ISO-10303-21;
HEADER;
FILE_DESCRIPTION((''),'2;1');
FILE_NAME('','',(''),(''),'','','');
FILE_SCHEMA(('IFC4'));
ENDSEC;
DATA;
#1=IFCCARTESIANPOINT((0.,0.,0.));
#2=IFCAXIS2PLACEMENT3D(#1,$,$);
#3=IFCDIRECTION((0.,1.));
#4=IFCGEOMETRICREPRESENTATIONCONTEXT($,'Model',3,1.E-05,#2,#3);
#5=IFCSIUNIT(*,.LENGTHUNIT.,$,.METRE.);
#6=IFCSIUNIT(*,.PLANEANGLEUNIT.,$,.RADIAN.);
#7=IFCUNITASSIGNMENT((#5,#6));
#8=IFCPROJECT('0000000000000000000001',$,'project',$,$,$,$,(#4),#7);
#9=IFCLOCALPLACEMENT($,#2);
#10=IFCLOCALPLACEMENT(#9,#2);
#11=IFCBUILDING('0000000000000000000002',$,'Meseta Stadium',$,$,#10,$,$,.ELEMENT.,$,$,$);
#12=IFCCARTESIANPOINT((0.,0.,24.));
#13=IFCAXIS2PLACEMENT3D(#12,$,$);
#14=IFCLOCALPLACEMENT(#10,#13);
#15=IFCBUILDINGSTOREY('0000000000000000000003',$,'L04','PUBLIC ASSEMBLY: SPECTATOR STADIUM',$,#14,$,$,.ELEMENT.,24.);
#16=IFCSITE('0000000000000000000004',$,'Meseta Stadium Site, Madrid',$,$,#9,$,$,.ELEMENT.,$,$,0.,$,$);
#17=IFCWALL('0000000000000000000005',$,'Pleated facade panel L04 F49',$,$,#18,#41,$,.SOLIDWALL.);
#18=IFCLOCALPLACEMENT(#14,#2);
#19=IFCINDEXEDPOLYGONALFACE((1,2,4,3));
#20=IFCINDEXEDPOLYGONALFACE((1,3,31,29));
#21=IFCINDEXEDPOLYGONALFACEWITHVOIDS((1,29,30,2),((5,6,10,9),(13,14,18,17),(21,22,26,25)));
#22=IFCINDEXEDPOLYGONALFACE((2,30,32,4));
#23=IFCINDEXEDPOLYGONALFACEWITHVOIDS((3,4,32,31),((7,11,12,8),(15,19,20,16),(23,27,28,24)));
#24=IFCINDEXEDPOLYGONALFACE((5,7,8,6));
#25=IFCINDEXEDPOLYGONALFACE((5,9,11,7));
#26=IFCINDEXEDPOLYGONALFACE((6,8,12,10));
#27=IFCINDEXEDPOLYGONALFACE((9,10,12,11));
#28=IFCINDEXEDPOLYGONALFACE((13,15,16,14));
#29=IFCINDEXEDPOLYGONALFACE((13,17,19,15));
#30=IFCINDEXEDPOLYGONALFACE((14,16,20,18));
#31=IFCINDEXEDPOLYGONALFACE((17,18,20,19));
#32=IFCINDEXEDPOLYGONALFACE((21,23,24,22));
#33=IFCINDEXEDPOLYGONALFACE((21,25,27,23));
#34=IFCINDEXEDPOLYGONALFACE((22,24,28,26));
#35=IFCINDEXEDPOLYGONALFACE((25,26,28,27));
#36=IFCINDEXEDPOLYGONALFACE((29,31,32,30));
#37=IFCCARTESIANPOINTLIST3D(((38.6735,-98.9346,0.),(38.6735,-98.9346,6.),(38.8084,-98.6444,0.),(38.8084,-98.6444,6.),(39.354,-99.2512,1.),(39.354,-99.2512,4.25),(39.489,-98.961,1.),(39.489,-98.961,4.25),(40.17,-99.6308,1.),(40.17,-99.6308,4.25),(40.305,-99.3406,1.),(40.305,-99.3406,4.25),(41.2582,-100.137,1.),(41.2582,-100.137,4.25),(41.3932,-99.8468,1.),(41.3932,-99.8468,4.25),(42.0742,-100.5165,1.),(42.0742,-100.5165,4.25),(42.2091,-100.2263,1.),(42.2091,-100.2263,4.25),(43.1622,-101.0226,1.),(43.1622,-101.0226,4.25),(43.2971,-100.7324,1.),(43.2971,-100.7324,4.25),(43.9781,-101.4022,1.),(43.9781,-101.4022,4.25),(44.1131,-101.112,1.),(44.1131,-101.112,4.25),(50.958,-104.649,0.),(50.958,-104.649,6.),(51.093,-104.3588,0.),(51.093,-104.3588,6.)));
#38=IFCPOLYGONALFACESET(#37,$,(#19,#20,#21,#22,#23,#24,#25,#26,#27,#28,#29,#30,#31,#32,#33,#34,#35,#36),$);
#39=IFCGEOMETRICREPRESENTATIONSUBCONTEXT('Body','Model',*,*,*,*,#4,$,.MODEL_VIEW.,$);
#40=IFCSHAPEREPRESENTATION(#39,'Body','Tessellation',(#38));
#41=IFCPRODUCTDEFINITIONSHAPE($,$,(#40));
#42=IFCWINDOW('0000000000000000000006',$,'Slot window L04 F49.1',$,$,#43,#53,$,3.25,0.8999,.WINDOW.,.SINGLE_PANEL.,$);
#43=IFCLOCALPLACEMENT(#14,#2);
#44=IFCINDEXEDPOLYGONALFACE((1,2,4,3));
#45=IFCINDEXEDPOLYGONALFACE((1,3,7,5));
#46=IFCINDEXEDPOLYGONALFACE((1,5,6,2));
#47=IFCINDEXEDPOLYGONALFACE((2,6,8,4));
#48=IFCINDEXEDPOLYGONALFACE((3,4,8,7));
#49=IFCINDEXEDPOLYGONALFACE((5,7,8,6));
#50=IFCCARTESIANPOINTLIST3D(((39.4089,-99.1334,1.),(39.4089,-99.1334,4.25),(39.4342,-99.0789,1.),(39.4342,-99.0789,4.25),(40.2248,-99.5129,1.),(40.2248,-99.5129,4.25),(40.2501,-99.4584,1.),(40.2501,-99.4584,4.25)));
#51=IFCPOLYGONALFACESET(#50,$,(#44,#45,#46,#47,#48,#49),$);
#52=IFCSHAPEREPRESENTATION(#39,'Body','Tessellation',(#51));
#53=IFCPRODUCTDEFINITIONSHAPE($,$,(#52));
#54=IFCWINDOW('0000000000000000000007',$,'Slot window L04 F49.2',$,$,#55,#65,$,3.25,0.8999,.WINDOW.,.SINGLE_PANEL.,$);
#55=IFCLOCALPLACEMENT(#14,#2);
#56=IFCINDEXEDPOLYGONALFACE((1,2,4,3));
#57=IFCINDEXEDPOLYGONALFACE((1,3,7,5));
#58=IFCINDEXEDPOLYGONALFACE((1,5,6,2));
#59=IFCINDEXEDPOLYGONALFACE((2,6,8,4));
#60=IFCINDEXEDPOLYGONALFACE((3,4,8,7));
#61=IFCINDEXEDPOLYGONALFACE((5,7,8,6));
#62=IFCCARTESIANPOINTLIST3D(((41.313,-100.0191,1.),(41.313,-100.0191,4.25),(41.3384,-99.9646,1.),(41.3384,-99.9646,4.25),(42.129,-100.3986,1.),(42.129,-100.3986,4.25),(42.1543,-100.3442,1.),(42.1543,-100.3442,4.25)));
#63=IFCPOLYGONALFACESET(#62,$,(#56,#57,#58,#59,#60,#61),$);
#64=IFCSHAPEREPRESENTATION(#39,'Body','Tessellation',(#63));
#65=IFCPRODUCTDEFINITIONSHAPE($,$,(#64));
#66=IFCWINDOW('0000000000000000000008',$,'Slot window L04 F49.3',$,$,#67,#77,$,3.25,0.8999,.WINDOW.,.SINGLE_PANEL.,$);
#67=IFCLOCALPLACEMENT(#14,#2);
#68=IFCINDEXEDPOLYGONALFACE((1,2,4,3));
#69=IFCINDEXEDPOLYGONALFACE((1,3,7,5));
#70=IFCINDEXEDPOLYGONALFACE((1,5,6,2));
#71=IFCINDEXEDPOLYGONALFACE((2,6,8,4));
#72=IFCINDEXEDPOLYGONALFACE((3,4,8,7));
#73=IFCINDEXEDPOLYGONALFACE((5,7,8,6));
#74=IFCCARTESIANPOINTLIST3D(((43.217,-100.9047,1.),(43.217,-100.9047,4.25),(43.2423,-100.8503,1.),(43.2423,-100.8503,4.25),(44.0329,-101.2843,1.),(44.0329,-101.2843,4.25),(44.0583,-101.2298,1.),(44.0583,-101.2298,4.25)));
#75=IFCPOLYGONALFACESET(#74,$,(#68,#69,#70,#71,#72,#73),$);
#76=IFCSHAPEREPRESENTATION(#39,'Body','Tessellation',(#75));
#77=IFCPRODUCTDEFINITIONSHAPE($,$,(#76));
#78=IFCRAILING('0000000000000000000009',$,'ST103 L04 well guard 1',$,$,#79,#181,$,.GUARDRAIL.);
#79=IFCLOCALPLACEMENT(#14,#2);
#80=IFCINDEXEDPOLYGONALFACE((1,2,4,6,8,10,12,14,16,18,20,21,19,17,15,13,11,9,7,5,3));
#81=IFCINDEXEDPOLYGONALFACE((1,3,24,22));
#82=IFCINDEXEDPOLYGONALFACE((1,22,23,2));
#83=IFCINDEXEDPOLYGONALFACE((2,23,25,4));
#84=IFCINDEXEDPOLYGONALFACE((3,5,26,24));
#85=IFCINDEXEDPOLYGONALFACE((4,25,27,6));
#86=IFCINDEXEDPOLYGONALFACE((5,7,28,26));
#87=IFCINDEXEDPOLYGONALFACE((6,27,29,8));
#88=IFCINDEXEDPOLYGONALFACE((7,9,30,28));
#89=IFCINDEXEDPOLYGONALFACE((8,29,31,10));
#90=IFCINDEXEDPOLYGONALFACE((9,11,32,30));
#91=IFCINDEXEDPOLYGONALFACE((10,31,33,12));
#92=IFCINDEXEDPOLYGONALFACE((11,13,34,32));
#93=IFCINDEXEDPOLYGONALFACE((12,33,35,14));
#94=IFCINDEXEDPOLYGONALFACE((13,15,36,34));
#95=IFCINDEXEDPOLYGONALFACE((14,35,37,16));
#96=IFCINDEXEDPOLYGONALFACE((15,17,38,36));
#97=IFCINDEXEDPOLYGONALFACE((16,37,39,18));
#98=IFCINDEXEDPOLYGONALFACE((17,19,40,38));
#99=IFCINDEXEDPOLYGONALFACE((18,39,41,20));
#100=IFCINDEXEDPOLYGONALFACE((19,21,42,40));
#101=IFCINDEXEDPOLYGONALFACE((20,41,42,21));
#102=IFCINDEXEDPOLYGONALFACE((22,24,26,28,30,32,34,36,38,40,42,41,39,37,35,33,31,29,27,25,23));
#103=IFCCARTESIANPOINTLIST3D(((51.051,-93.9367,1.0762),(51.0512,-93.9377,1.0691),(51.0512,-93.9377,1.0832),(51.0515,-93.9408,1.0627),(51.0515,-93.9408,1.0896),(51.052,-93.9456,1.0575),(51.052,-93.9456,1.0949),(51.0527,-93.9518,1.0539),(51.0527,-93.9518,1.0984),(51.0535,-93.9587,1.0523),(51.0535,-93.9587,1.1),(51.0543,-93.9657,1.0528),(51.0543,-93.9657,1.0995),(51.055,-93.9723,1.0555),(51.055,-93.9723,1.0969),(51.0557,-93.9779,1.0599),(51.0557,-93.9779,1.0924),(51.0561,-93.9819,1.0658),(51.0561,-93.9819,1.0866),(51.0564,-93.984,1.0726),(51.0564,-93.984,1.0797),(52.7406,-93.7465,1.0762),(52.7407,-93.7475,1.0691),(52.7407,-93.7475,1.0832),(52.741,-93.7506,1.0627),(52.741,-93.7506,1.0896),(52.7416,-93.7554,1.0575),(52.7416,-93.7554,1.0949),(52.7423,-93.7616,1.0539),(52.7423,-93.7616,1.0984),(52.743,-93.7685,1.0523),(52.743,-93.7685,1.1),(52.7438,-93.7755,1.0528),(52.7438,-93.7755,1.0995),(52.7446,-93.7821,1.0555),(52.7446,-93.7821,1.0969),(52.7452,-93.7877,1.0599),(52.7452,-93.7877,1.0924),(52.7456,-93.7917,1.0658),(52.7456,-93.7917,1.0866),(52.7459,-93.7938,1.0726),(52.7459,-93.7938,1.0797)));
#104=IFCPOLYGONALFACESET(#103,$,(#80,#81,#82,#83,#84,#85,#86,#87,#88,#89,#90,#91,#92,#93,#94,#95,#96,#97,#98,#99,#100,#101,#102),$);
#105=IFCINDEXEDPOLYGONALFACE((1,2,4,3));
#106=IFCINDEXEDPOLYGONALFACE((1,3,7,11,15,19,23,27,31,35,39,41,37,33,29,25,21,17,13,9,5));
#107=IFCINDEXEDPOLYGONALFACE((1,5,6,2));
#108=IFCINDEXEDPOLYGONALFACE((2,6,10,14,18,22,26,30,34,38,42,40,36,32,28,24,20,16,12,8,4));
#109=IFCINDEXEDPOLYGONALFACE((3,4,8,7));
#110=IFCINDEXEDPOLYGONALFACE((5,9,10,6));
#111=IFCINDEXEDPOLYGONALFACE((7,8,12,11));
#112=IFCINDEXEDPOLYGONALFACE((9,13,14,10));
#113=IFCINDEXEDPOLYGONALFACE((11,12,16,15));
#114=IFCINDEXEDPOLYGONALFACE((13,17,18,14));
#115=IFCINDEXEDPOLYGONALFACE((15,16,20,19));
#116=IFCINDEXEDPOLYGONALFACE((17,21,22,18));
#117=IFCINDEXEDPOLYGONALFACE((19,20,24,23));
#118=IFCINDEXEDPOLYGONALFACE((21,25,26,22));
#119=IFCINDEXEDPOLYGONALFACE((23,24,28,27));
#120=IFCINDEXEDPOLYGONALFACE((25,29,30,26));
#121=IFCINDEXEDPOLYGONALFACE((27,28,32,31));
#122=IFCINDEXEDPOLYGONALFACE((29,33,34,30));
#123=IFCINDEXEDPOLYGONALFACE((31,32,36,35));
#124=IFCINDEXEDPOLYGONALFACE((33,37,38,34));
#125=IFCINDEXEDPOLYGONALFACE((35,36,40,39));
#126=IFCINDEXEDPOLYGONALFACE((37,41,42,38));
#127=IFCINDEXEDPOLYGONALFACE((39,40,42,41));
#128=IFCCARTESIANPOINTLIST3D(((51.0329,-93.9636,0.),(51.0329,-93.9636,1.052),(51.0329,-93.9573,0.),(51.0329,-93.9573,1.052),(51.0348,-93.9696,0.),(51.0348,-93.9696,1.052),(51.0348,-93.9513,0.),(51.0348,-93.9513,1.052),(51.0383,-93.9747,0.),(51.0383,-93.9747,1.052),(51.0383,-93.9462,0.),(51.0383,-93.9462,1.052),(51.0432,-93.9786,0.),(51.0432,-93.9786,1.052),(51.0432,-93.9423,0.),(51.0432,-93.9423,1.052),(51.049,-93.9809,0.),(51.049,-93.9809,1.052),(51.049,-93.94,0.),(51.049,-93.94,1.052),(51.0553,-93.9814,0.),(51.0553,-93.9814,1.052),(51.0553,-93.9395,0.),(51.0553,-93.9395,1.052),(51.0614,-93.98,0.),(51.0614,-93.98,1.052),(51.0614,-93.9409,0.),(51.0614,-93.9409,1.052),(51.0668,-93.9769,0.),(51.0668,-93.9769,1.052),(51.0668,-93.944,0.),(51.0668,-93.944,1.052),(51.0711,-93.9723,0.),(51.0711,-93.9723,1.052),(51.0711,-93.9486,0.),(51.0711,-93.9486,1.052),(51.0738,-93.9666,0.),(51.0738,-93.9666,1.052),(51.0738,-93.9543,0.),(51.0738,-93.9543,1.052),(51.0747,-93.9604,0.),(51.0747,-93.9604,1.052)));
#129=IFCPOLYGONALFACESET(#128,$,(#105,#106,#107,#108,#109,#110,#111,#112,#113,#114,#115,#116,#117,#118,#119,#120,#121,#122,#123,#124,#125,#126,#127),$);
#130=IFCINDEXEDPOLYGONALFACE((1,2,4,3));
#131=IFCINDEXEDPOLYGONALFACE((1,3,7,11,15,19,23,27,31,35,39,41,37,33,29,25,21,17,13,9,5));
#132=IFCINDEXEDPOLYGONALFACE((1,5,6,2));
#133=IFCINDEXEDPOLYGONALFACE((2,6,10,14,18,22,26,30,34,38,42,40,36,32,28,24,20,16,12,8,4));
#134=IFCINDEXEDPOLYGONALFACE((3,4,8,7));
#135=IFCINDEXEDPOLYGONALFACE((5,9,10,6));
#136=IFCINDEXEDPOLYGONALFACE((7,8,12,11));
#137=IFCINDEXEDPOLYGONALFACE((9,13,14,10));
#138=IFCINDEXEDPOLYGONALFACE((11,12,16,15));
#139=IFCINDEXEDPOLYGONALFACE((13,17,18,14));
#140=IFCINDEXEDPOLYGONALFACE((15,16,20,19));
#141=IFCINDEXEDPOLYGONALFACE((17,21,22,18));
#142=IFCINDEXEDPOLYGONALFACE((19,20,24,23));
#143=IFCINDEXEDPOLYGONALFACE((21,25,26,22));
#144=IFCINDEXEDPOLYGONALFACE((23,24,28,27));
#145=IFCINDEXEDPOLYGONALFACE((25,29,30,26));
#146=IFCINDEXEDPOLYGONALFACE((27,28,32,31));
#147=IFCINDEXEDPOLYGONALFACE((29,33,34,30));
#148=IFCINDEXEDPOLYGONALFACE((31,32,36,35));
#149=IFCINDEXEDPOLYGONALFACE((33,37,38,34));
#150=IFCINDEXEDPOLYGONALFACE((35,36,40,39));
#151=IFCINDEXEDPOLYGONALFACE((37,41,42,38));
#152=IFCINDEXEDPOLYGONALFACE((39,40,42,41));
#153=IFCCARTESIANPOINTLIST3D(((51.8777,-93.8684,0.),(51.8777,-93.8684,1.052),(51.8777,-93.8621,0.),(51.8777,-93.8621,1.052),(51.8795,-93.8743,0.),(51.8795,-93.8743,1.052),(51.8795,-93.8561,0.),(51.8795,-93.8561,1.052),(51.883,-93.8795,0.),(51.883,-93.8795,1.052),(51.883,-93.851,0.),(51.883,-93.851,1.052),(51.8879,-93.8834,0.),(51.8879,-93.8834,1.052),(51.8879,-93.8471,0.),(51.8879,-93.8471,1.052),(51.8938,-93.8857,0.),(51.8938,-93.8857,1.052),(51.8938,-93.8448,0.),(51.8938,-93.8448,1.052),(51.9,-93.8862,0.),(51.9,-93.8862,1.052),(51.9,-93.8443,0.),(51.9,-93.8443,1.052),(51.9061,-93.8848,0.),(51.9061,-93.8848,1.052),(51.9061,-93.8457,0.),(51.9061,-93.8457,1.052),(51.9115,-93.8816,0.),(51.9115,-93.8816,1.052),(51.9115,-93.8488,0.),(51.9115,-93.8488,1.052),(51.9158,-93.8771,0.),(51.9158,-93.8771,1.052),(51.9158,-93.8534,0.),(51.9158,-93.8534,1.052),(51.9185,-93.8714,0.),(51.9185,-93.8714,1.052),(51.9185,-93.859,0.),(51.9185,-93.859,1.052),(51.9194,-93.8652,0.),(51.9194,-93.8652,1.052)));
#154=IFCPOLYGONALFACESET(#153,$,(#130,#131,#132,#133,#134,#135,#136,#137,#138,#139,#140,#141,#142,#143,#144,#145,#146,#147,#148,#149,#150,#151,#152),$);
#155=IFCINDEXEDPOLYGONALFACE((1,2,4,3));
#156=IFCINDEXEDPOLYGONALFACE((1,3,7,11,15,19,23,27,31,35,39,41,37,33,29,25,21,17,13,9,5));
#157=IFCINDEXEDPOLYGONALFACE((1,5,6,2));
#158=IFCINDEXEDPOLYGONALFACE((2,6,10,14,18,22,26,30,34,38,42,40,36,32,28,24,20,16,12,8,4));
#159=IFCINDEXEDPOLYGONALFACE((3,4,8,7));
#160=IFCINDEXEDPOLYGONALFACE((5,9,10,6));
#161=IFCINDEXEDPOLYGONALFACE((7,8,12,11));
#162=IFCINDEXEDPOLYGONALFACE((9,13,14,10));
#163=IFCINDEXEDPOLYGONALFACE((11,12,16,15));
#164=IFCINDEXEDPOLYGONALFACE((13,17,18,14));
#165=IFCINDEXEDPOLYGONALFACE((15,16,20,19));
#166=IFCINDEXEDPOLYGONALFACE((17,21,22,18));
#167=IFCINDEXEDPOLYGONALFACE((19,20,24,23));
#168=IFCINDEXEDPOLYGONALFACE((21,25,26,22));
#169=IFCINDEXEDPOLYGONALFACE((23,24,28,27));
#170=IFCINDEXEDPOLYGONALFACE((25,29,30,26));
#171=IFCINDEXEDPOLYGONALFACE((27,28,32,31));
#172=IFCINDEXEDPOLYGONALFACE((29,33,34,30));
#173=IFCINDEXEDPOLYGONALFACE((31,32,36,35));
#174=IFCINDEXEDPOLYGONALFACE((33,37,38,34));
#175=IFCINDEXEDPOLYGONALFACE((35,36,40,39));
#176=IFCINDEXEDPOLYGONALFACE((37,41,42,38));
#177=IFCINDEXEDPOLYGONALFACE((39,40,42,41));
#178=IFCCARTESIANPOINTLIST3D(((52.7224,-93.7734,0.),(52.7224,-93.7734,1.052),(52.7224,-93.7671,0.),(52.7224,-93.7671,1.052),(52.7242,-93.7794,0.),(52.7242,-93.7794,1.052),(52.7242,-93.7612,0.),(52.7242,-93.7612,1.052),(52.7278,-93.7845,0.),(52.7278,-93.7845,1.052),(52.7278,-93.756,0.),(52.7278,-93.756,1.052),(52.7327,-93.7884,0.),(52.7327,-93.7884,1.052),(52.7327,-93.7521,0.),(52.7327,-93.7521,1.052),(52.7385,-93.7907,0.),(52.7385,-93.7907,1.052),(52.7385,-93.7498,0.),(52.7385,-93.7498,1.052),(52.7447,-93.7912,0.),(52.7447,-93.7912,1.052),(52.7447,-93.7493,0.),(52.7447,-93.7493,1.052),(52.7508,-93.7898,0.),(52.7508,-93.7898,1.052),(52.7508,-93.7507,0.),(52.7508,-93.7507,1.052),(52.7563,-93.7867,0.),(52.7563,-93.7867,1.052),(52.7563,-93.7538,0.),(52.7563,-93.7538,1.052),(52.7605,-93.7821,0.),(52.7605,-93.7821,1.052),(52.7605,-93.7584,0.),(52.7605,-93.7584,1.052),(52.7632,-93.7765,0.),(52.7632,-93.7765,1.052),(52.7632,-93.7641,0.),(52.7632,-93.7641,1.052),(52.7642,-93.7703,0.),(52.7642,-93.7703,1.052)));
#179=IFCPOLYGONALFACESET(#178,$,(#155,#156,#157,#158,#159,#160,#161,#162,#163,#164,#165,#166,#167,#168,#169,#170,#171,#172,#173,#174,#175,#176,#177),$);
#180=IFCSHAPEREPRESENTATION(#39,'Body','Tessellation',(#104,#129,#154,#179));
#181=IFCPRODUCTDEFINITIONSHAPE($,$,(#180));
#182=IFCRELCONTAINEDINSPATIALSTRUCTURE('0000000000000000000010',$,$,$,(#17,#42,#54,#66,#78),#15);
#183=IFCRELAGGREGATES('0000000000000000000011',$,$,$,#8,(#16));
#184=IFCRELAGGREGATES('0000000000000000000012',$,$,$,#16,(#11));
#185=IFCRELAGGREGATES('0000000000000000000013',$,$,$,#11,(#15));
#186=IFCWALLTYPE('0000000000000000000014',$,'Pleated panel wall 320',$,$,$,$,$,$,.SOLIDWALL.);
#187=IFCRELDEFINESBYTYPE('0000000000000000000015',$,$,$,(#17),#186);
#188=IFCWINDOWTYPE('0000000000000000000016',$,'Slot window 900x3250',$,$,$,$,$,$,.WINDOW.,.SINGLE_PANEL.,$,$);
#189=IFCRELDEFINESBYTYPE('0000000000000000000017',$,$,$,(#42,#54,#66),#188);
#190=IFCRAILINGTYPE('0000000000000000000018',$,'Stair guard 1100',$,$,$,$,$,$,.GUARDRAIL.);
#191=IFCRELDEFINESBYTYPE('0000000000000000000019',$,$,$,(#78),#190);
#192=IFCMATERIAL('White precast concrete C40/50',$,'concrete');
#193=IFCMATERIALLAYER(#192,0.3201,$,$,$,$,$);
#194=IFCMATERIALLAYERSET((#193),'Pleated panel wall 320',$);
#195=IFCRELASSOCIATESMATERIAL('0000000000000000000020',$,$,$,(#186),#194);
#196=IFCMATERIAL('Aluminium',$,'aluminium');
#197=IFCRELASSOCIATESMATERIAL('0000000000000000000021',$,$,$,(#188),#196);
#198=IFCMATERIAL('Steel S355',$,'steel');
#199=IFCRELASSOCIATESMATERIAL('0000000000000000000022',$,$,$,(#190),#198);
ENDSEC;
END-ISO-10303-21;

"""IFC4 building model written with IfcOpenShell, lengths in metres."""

from ifc_helpers import new_model, si_unit, direction, frame, frame_2d, origin, origin_2d, place, context, subcontext, project, spatial, rectangle, circle, extrude, material, layer, layer_set, type_object, element, fill, save


model = new_model("IFC4")

# Units and contexts
model_context = context("Model", 3, precision=1e-05, world=origin(), true_north=direction((0.0, 1.0)))
body_context = subcontext(model_context, "Body", "Model", "MODEL_VIEW")
ifc_project = project(units=[si_unit("LENGTHUNIT", "METRE"), si_unit("PLANEANGLEUNIT", "RADIAN")], contexts=[model_context])

# Site, building, storey
site_placement = place(None, origin())
site = spatial("IfcSite", under=ifc_project, at=site_placement, Name="Meseta Stadium Site, Madrid", CompositionType="ELEMENT", RefElevation=0.0)
building_placement = place(site_placement, origin())
building = spatial("IfcBuilding", under=site, at=building_placement, Name="Meseta Stadium", CompositionType="ELEMENT")
storey_placement = place(building_placement, frame((0.0, 0.0, 24.0)))
storey = spatial("IfcBuildingStorey", under=building, at=storey_placement, Name="L04", Description="PUBLIC ASSEMBLY: SPECTATOR STADIUM", CompositionType="ELEMENT", Elevation=24.0)

# Wall, openings, windows
ifc_material_1 = material(Name="White precast concrete C40/50", Category="concrete")
ifc_layer_1 = layer(ifc_material_1, 0.3201)
ifc_layer_set_1 = layer_set([ifc_layer_1], Name="Pleated panel wall 320")
wall_type_1 = type_object("IfcWallType", Name="Pleated panel wall 320", PredefinedType="SOLIDWALL", material=ifc_layer_set_1)
wall_1_placement = place(storey_placement, frame((51.0256, -104.5039, 0.0), z_axis=(0.0, 0.0, 1.0), x_axis=(-0.906705, 0.421765, 0.0)))
wall_1 = element("IfcWall", 1, at=wall_1_placement, inside=storey, type_object=wall_type_1, Name="Pleated facade panel L04 F49", PredefinedType="SOLIDWALL", context=body_context, shape_type="SweptSolid", body=[
    extrude(rectangle(XDim=13.5486, YDim=0.3201, at=frame_2d((6.7744, 0.0))), origin(), (0.0, 0.0, 1.0), 6.0),
])
opening_1_placement = place(wall_1_placement, frame((11.8982, 0.0, 1.0)))
opening_1 = element("IfcOpeningElement", 2, at=opening_1_placement, cuts=wall_1, PredefinedType="OPENING", context=body_context, shape_type="SweptSolid", body=[
    extrude(rectangle(XDim=0.8999, YDim=3.25, at=frame_2d((0.45, 1.625))), frame((0.0, 0.1699, 0.0), z_axis=(0.0, -1.0, 0.0), x_axis=(1.0, 0.0, 0.0)), (0.0, 0.0, 1.0), 0.3401),
])
opening_2_placement = place(wall_1_placement, frame((9.7981, 0.0, 1.0)))
opening_2 = element("IfcOpeningElement", 3, at=opening_2_placement, cuts=wall_1, PredefinedType="OPENING", context=body_context, shape_type="SweptSolid", body=[
    extrude(rectangle(XDim=0.8999, YDim=3.25, at=frame_2d((0.45, 1.625))), frame((0.0, 0.1699, 0.0), z_axis=(0.0, -1.0, 0.0), x_axis=(1.0, 0.0, 0.0)), (0.0, 0.0, 1.0), 0.3401),
])
opening_3_placement = place(wall_1_placement, frame((7.6982, 0.0, 1.0)))
opening_3 = element("IfcOpeningElement", 4, at=opening_3_placement, cuts=wall_1, PredefinedType="OPENING", context=body_context, shape_type="SweptSolid", body=[
    extrude(rectangle(XDim=0.8999, YDim=3.25, at=frame_2d((0.45, 1.625))), frame((0.0, 0.1699, 0.0), z_axis=(0.0, -1.0, 0.0), x_axis=(1.0, 0.0, 0.0)), (0.0, 0.0, 1.0), 0.3401),
])
ifc_material_2 = material(Name="Aluminium", Category="aluminium")
window_type = type_object("IfcWindowType", Name="Slot window 900x3250", PartitioningType="SINGLE_PANEL", PredefinedType="WINDOW", material=ifc_material_2)
window_1_placement = place(opening_1_placement, origin())
window_1 = element("IfcWindow", 5, at=window_1_placement, inside=storey, type_object=window_type, Name="Slot window L04 F49.1", OverallHeight=3.25, OverallWidth=0.8999, PartitioningType="SINGLE_PANEL", PredefinedType="WINDOW", context=body_context, shape_type="SweptSolid", body=[
    extrude(rectangle(XDim=0.8999, YDim=3.25, at=frame_2d((0.45, 1.625))), frame((0.0, 0.03, 0.0), z_axis=(0.0, -1.0, 0.0), x_axis=(1.0, 0.0, 0.0)), (0.0, 0.0, 1.0), 0.0601),
])
fill(opening_1, window_1)
window_2_placement = place(opening_2_placement, origin())
window_2 = element("IfcWindow", 6, at=window_2_placement, inside=storey, type_object=window_type, Name="Slot window L04 F49.2", OverallHeight=3.25, OverallWidth=0.8999, PartitioningType="SINGLE_PANEL", PredefinedType="WINDOW", context=body_context, shape_type="SweptSolid", body=[
    extrude(rectangle(XDim=0.8999, YDim=3.25, at=frame_2d((0.45, 1.625))), frame((0.0, 0.03, 0.0), z_axis=(0.0, -1.0, 0.0), x_axis=(1.0, 0.0, 0.0)), (0.0, 0.0, 1.0), 0.0601),
])
fill(opening_2, window_2)
window_3_placement = place(opening_3_placement, origin())
window_3 = element("IfcWindow", 7, at=window_3_placement, inside=storey, type_object=window_type, Name="Slot window L04 F49.3", OverallHeight=3.25, OverallWidth=0.8999, PartitioningType="SINGLE_PANEL", PredefinedType="WINDOW", context=body_context, shape_type="SweptSolid", body=[
    extrude(rectangle(XDim=0.8999, YDim=3.25, at=frame_2d((0.45, 1.625))), frame((0.0, 0.03, 0.0), z_axis=(0.0, -1.0, 0.0), x_axis=(1.0, 0.0, 0.0)), (0.0, 0.0, 1.0), 0.0601),
])
fill(opening_3, window_3)

# Railing
ifc_material_3 = material(Name="Steel S355", Category="steel")
railing_type = type_object("IfcRailingType", Name="Stair guard 1100", PredefinedType="GUARDRAIL", material=ifc_material_3)
for number, where, name in (
    (8, (51.0537, -93.9604, 0.0), "ST103 L04 well guard 1"),
):
    element("IfcRailing", number, at=place(storey_placement, frame(where)), inside=storey, type_object=railing_type, Name=name, PredefinedType="GUARDRAIL", context=body_context, shape_type="SweptSolid", body=[
        extrude(circle(Radius=0.0239, at=origin_2d()), frame((0.0, 0.0, 1.0762), z_axis=(0.993723, 0.111866, 0.0), x_axis=(-0.111866, 0.993723, 0.0)), (0.0, 0.0, 1.0), 1.7002),
        extrude(circle(Radius=0.021, at=origin_2d()), origin(), (0.0, 0.0, 1.0), 1.052),
        extrude(circle(Radius=0.021, at=origin_2d()), frame((0.8447, 0.0952, 0.0)), (0.0, 0.0, 1.0), 1.052),
        extrude(circle(Radius=0.021, at=origin_2d()), frame((1.6895, 0.1902, 0.0)), (0.0, 0.0, 1.0), 1.052),
    ])

save(model, "model.ifc")
